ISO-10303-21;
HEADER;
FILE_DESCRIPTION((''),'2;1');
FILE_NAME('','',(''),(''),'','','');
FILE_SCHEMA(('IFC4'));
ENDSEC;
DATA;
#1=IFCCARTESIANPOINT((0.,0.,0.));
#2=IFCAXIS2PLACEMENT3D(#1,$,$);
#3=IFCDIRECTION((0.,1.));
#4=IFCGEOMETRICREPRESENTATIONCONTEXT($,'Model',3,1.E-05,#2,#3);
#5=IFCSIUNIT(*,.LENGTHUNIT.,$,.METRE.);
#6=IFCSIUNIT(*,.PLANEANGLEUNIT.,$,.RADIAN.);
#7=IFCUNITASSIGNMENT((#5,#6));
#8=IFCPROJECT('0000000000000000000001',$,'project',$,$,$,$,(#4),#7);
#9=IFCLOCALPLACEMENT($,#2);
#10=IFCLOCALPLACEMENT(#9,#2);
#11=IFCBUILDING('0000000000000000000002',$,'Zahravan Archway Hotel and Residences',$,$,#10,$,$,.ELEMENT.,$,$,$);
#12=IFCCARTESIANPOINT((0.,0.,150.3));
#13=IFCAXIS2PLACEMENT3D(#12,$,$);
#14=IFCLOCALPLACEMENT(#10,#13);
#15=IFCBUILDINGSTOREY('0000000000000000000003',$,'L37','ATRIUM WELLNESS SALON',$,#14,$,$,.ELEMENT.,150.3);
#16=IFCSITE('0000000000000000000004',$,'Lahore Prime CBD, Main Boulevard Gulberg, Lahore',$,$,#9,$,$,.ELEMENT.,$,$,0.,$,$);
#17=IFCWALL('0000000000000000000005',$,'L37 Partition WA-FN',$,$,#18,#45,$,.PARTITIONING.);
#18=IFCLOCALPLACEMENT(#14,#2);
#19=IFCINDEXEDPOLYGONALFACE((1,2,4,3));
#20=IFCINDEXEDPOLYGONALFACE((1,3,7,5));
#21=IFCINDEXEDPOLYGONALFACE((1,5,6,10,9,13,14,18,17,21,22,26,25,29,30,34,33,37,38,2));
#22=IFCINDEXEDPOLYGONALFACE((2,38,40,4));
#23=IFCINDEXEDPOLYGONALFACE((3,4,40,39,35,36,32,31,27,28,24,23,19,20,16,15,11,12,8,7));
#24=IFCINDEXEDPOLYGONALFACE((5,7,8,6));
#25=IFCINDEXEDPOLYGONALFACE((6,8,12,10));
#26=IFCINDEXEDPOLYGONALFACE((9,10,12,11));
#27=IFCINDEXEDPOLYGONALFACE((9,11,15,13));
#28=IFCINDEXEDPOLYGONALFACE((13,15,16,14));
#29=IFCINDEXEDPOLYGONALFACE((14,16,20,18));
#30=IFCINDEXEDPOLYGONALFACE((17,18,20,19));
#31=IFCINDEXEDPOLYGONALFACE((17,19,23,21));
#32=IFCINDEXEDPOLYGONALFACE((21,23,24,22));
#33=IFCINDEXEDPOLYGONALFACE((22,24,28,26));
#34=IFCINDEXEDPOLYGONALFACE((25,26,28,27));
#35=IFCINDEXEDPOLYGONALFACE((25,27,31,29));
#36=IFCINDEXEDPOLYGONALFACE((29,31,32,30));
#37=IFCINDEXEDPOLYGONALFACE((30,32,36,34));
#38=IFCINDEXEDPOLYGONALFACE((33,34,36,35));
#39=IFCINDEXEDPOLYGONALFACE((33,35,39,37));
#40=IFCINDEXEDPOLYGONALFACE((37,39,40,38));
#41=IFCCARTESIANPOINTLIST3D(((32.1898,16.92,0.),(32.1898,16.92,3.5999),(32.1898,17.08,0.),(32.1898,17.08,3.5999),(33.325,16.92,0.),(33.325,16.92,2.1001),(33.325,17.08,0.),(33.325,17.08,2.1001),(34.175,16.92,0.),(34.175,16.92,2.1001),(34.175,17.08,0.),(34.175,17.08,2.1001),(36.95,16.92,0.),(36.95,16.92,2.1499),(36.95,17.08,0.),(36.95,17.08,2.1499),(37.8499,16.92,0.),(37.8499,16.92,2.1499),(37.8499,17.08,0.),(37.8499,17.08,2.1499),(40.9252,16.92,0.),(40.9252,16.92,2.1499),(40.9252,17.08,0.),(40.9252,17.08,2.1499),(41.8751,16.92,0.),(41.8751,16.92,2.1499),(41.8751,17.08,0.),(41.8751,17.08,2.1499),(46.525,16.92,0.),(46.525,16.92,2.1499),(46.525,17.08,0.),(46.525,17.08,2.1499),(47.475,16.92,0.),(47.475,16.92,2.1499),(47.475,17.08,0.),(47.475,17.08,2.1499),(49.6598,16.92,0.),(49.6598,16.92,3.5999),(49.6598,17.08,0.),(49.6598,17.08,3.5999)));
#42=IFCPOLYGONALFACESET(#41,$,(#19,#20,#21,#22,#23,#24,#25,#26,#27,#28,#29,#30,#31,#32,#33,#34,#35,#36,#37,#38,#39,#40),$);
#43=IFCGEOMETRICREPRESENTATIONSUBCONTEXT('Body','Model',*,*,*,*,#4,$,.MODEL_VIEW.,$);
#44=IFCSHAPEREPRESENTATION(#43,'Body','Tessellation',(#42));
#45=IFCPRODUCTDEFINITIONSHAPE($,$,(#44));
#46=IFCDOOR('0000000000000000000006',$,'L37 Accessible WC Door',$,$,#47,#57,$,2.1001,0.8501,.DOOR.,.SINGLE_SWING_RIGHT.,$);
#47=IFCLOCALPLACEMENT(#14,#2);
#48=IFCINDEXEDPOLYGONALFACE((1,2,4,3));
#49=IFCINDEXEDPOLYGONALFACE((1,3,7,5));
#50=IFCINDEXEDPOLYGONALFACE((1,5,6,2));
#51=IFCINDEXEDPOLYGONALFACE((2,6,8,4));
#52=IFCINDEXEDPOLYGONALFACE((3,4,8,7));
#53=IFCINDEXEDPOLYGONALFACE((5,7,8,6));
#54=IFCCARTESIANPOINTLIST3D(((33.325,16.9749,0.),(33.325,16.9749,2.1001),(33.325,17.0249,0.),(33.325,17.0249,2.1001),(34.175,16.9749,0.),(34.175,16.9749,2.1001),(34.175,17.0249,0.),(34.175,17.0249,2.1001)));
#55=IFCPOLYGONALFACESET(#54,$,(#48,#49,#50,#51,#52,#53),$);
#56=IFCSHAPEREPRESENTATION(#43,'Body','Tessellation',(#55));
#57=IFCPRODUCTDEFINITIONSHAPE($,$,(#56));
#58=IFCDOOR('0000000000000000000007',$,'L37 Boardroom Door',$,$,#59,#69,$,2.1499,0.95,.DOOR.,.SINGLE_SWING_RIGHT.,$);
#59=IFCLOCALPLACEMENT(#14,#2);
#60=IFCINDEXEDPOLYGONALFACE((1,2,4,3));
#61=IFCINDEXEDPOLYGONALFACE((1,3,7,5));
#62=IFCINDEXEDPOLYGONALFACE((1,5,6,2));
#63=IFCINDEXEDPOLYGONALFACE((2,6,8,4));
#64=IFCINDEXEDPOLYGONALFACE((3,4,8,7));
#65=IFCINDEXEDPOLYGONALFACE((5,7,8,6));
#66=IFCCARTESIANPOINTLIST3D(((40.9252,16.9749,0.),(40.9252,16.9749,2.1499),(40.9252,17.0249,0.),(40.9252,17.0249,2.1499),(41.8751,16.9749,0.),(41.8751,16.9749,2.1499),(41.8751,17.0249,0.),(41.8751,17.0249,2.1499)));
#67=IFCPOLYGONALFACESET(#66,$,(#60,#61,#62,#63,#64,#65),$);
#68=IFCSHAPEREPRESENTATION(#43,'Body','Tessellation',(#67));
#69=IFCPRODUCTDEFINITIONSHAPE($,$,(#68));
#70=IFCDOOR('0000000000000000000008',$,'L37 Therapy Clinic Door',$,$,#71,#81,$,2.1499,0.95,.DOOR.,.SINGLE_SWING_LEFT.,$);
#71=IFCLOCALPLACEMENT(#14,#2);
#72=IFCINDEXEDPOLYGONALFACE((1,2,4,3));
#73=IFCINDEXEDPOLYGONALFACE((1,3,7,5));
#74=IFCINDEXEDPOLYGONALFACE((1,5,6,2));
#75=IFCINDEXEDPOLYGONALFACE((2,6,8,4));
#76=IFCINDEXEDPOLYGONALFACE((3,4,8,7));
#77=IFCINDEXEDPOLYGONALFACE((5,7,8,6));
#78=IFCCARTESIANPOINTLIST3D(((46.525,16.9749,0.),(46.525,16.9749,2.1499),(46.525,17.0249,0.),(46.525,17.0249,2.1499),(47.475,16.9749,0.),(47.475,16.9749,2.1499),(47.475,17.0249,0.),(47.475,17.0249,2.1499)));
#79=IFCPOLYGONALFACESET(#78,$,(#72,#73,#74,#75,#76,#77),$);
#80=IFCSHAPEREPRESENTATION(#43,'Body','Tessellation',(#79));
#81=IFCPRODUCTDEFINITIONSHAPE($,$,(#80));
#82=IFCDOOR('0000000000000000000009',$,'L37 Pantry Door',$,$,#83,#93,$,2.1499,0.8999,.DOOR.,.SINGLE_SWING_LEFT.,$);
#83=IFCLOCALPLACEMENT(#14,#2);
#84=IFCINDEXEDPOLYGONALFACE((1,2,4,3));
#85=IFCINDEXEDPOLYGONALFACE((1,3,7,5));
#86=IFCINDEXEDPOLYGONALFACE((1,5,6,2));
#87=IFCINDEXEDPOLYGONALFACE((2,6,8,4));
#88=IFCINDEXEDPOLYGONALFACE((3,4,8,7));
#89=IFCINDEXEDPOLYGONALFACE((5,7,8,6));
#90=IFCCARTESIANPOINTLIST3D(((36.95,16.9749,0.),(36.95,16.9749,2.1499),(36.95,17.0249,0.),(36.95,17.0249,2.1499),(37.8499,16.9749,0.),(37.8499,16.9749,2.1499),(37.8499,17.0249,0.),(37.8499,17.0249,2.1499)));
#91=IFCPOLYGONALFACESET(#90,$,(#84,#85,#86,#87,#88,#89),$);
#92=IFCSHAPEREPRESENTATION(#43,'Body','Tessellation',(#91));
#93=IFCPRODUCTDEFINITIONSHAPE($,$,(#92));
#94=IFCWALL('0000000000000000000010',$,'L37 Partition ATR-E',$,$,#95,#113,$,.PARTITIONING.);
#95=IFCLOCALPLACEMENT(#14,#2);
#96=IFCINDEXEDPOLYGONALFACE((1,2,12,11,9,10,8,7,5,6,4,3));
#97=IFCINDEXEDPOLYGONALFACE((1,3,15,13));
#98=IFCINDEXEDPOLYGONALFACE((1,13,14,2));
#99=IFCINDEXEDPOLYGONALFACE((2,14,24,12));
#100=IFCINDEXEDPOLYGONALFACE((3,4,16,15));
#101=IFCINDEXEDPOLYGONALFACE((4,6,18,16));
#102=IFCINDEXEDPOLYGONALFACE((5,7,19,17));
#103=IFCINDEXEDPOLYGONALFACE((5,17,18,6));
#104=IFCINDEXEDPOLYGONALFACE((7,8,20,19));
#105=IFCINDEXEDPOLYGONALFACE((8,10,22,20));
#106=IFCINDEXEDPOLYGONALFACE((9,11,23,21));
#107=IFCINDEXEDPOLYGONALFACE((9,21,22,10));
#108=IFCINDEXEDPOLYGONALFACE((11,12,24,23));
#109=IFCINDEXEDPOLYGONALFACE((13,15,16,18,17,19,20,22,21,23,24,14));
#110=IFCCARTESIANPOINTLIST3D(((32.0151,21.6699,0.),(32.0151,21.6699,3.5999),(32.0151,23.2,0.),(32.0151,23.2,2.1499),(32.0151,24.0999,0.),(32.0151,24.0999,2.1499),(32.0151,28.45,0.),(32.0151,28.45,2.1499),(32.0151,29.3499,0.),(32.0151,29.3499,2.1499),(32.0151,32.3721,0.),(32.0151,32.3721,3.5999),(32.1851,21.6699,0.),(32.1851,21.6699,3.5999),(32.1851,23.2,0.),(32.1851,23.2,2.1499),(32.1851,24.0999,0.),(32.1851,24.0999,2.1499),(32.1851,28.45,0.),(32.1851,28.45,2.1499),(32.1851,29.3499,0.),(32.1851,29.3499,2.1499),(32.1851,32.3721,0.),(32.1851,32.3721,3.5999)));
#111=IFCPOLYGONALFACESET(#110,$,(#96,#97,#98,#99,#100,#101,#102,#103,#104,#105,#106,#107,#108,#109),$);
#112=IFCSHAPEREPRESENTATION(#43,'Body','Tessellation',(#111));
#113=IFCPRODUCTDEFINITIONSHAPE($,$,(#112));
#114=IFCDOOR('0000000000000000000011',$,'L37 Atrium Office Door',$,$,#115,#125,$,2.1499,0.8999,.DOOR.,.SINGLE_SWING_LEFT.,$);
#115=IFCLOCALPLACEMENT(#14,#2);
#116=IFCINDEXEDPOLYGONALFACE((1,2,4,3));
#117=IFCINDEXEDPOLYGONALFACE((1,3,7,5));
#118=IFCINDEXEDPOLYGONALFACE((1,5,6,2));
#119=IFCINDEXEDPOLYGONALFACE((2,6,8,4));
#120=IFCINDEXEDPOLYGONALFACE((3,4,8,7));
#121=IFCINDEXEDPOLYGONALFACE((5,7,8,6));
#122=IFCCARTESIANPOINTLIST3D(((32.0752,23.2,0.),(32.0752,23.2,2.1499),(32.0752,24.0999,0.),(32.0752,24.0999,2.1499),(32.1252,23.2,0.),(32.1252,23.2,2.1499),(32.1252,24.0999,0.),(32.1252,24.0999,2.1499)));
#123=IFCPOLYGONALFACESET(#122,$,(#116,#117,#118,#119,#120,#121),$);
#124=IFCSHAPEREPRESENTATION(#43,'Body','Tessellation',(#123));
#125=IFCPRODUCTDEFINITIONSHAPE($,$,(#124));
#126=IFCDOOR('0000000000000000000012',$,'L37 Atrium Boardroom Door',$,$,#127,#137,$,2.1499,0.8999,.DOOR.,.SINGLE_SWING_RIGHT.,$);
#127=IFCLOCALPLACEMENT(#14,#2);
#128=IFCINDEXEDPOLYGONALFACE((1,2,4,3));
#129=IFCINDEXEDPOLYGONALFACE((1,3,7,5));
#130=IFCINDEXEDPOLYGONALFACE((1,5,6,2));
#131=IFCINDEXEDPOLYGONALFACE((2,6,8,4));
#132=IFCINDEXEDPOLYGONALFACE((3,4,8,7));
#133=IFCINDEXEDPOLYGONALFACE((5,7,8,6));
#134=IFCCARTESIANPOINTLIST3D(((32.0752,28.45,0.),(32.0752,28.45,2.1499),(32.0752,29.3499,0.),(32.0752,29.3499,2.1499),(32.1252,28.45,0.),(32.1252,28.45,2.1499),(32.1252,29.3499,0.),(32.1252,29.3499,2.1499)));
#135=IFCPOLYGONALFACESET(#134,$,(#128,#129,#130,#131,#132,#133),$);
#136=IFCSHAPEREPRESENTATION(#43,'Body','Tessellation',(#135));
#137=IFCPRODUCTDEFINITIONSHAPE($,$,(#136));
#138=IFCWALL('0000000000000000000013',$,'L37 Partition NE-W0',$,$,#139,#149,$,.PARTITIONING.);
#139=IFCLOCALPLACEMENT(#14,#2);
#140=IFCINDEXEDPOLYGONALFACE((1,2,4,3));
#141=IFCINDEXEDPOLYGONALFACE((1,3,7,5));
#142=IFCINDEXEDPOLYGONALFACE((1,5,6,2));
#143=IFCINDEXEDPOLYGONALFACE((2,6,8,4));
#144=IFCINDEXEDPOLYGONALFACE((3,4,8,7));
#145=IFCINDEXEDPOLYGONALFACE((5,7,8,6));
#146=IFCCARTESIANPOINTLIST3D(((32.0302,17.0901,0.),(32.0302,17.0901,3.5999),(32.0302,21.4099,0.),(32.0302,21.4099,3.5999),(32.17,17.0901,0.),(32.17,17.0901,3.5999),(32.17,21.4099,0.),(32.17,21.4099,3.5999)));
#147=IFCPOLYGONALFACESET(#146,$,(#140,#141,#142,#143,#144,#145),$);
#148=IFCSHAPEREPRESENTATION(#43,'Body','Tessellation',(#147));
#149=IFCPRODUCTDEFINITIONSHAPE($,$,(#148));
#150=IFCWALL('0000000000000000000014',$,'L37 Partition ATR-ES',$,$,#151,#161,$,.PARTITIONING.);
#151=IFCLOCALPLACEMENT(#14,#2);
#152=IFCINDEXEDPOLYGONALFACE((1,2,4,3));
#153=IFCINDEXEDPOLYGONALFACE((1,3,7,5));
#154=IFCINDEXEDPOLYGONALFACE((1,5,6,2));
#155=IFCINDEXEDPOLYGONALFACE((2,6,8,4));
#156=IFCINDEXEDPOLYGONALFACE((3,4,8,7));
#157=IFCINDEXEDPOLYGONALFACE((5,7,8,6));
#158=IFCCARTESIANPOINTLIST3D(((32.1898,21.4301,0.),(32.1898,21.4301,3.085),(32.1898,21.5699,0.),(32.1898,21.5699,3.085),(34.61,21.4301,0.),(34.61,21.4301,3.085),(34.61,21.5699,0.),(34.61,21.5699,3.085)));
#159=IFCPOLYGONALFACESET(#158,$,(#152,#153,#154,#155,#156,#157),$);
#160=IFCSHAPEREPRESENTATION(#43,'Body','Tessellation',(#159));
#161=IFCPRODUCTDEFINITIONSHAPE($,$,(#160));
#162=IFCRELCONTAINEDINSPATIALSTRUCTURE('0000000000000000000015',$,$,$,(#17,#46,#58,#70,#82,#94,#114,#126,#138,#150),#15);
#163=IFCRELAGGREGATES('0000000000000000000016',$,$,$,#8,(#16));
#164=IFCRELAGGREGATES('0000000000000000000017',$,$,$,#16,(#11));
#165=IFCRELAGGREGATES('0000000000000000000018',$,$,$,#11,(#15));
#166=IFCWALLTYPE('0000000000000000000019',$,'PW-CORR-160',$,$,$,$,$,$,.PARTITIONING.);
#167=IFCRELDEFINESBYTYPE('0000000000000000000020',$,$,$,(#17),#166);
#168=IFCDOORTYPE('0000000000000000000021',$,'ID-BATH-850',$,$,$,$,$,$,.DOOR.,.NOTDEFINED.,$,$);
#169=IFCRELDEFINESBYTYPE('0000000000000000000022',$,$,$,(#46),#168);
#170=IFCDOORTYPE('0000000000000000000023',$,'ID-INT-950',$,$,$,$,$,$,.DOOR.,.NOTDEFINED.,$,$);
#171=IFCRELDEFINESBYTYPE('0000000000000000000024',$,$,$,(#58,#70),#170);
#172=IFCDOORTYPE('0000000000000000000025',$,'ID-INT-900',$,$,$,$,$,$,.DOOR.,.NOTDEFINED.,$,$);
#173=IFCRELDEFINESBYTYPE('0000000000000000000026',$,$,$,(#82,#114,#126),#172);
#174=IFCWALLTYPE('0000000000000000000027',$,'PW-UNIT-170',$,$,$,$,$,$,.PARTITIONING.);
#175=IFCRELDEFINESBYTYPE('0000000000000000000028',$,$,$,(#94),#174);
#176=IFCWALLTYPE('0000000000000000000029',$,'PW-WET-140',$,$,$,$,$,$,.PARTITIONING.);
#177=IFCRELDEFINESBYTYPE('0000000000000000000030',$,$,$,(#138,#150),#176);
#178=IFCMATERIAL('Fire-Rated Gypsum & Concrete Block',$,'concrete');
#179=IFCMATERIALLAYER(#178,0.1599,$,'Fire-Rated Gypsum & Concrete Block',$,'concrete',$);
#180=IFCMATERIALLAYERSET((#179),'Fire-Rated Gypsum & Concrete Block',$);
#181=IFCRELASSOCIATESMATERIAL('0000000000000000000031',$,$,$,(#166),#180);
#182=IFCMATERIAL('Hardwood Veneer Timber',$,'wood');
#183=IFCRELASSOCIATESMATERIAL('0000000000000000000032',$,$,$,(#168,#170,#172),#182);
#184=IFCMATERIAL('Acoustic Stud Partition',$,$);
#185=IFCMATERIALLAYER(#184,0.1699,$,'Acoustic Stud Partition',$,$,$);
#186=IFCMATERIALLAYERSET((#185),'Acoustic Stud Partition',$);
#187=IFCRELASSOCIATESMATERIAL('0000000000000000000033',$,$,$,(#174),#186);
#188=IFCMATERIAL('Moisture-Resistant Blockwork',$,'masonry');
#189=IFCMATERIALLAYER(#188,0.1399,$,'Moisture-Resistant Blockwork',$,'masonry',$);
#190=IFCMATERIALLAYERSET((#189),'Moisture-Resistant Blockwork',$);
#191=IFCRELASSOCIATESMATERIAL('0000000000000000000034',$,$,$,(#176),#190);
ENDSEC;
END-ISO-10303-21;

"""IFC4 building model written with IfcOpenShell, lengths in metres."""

from ifc_helpers import new_model, si_unit, direction, frame, frame_2d, origin, place, context, subcontext, project, spatial, rectangle, extrude, source, transform, mapped, material, layer, layer_set, type_object, type_shapes, element, fill, save


model = new_model("IFC4")

# Units and contexts
model_context = context("Model", 3, precision=1e-05, world=origin(), true_north=direction((0.0, 1.0)))
body_context = subcontext(model_context, "Body", "Model", "MODEL_VIEW")
ifc_project = project(units=[si_unit("LENGTHUNIT", "METRE"), si_unit("PLANEANGLEUNIT", "RADIAN")], contexts=[model_context])

# Site, building, storey
site_placement = place(None, origin())
site = spatial("IfcSite", under=ifc_project, at=site_placement, Name="Lahore Prime CBD, Main Boulevard Gulberg, Lahore", CompositionType="ELEMENT", RefElevation=0.0)
building_placement = place(site_placement, origin())
building = spatial("IfcBuilding", under=site, at=building_placement, Name="Zahravan Archway Hotel and Residences", CompositionType="ELEMENT")
storey_placement = place(building_placement, frame((0.0, 0.0, 150.3)))
storey = spatial("IfcBuildingStorey", under=building, at=storey_placement, Name="L37", Description="ATRIUM WELLNESS SALON", CompositionType="ELEMENT", Elevation=150.3)

# Walls, openings, doors
ifc_material_1 = material(Name="Fire-Rated Gypsum & Concrete Block", Category="concrete")
ifc_layer_1 = layer(ifc_material_1, 0.1599, Name="Fire-Rated Gypsum & Concrete Block", Category="concrete")
ifc_layer_set_1 = layer_set([ifc_layer_1], Name="Fire-Rated Gypsum & Concrete Block")
wall_type_1 = type_object("IfcWallType", Name="PW-CORR-160", PredefinedType="PARTITIONING", material=ifc_layer_set_1)
wall_1_placement = place(storey_placement, frame((32.1899, 17.0, 0.0), z_axis=(0.0, 0.0, 1.0), x_axis=(1.0, 0.0, 0.0)))
wall_1 = element("IfcWall", 1, at=wall_1_placement, inside=storey, type_object=wall_type_1, Name="L37 Partition WA-FN", PredefinedType="PARTITIONING", context=body_context, shape_type="SweptSolid", body=[
    extrude(rectangle(XDim=17.47, YDim=0.1599, at=frame_2d((8.7349, 0.0))), origin(), (0.0, 0.0, 1.0), 3.5999),
])
opening_1_placement = place(wall_1_placement, frame((1.135, 0.0, 0.0)))
opening_1 = element("IfcOpeningElement", 2, at=opening_1_placement, cuts=wall_1, PredefinedType="OPENING", context=body_context, shape_type="SweptSolid", body=[
    extrude(rectangle(XDim=0.8501, YDim=2.1001, at=frame_2d((0.425, 1.05))), frame((0.0, 0.0898, 0.0), z_axis=(0.0, -1.0, 0.0), x_axis=(1.0, 0.0, 0.0)), (0.0, 0.0, 1.0), 0.1799),
])
opening_2_placement = place(wall_1_placement, frame((4.76, 0.0, 0.0)))
opening_2 = element("IfcOpeningElement", 3, at=opening_2_placement, cuts=wall_1, PredefinedType="OPENING", context=body_context, shape_type="SweptSolid", body=[
    extrude(rectangle(XDim=0.8999, YDim=2.1499, at=frame_2d((0.45, 1.075))), frame((0.0, 0.0898, 0.0), z_axis=(0.0, -1.0, 0.0), x_axis=(1.0, 0.0, 0.0)), (0.0, 0.0, 1.0), 0.1799),
])
opening_3_placement = place(wall_1_placement, frame((8.7351, 0.0, 0.0)))
opening_3 = element("IfcOpeningElement", 4, at=opening_3_placement, cuts=wall_1, PredefinedType="OPENING", context=body_context, shape_type="SweptSolid", body=[
    extrude(rectangle(XDim=0.95, YDim=2.1499, at=frame_2d((0.4751, 1.075))), frame((0.0, 0.0898, 0.0), z_axis=(0.0, -1.0, 0.0), x_axis=(1.0, 0.0, 0.0)), (0.0, 0.0, 1.0), 0.1799),
])
opening_4_placement = place(wall_1_placement, frame((14.335, 0.0, 0.0)))
opening_4 = element("IfcOpeningElement", 5, at=opening_4_placement, cuts=wall_1, PredefinedType="OPENING", context=body_context, shape_type="SweptSolid", body=[
    extrude(rectangle(XDim=0.95, YDim=2.1499, at=frame_2d((0.4751, 1.075))), frame((0.0, 0.0898, 0.0), z_axis=(0.0, -1.0, 0.0), x_axis=(1.0, 0.0, 0.0)), (0.0, 0.0, 1.0), 0.1799),
])
ifc_material_2 = material(Name="Hardwood Veneer Timber", Category="wood")
door_type_1 = type_object("IfcDoorType", Name="ID-BATH-850", OperationType="NOTDEFINED", PredefinedType="DOOR", material=ifc_material_2)
shared_shape_1 = source(origin(), body_context, "Body", "SweptSolid", [
    extrude(rectangle(XDim=0.8501, YDim=2.1001, at=frame_2d((0.425, 1.05))), frame((0.0, 0.0249, 0.0), z_axis=(0.0, -1.0, 0.0), x_axis=(1.0, 0.0, 0.0)), (0.0, 0.0, 1.0), 0.05),
])
type_shapes(door_type_1, [shared_shape_1])
door_1_placement = place(opening_1_placement, origin())
door_1 = element("IfcDoor", 6, at=door_1_placement, inside=storey, type_object=door_type_1, Name="L37 Accessible WC Door", OperationType="SINGLE_SWING_RIGHT", OverallHeight=2.1001, OverallWidth=0.8501, PredefinedType="DOOR", context=body_context, shape_type="MappedRepresentation", body=[
    mapped(shared_shape_1, transform((0.0, 0.0, 0.0), scale=1.0)),
])
fill(opening_1, door_1)
door_type_2 = type_object("IfcDoorType", Name="ID-INT-950", OperationType="NOTDEFINED", PredefinedType="DOOR", material=ifc_material_2)
shared_shape_2 = source(origin(), body_context, "Body", "SweptSolid", [
    extrude(rectangle(XDim=0.95, YDim=2.1499, at=frame_2d((0.4751, 1.075))), frame((0.0, 0.0249, 0.0), z_axis=(0.0, -1.0, 0.0), x_axis=(1.0, 0.0, 0.0)), (0.0, 0.0, 1.0), 0.05),
])
type_shapes(door_type_2, [shared_shape_2])
door_2_placement = place(opening_3_placement, origin())
door_2 = element("IfcDoor", 7, at=door_2_placement, inside=storey, type_object=door_type_2, Name="L37 Boardroom Door", OperationType="SINGLE_SWING_RIGHT", OverallHeight=2.1499, OverallWidth=0.95, PredefinedType="DOOR", context=body_context, shape_type="MappedRepresentation", body=[
    mapped(shared_shape_2, transform((0.0, 0.0, 0.0), scale=1.0)),
])
fill(opening_3, door_2)
door_3_placement = place(opening_4_placement, origin())
door_3 = element("IfcDoor", 8, at=door_3_placement, inside=storey, type_object=door_type_2, Name="L37 Therapy Clinic Door", OperationType="SINGLE_SWING_LEFT", OverallHeight=2.1499, OverallWidth=0.95, PredefinedType="DOOR", context=body_context, shape_type="MappedRepresentation", body=[
    mapped(shared_shape_2, transform((0.0, 0.0, 0.0), scale=1.0)),
])
fill(opening_4, door_3)
door_type_3 = type_object("IfcDoorType", Name="ID-INT-900", OperationType="NOTDEFINED", PredefinedType="DOOR", material=ifc_material_2)
shared_shape_3 = source(origin(), body_context, "Body", "SweptSolid", [
    extrude(rectangle(XDim=0.8999, YDim=2.1499, at=frame_2d((0.45, 1.075))), frame((0.0, 0.0249, 0.0), z_axis=(0.0, -1.0, 0.0), x_axis=(1.0, 0.0, 0.0)), (0.0, 0.0, 1.0), 0.05),
])
type_shapes(door_type_3, [shared_shape_3])
door_4_placement = place(opening_2_placement, origin())
door_4 = element("IfcDoor", 9, at=door_4_placement, inside=storey, type_object=door_type_3, Name="L37 Pantry Door", OperationType="SINGLE_SWING_LEFT", OverallHeight=2.1499, OverallWidth=0.8999, PredefinedType="DOOR", context=body_context, shape_type="MappedRepresentation", body=[
    mapped(shared_shape_3, transform((0.0, 0.0, 0.0), scale=1.0)),
])
fill(opening_2, door_4)
ifc_material_3 = material(Name="Acoustic Stud Partition")
ifc_layer_2 = layer(ifc_material_3, 0.1699, Name="Acoustic Stud Partition")
ifc_layer_set_2 = layer_set([ifc_layer_2], Name="Acoustic Stud Partition")
wall_type_2 = type_object("IfcWallType", Name="PW-UNIT-170", PredefinedType="PARTITIONING", material=ifc_layer_set_2)
wall_2_placement = place(storey_placement, frame((32.1001, 21.6699, 0.0), z_axis=(0.0, 0.0, 1.0), x_axis=(0.0, 1.0, 0.0)))
wall_2 = element("IfcWall", 10, at=wall_2_placement, inside=storey, type_object=wall_type_2, Name="L37 Partition ATR-E", PredefinedType="PARTITIONING", context=body_context, shape_type="SweptSolid", body=[
    extrude(rectangle(XDim=10.7021, YDim=0.1699, at=frame_2d((5.3511, 0.0))), origin(), (0.0, 0.0, 1.0), 3.5999),
])
opening_5_placement = place(wall_2_placement, frame((1.53, 0.0, 0.0)))
opening_5 = element("IfcOpeningElement", 11, at=opening_5_placement, cuts=wall_2, PredefinedType="OPENING", context=body_context, shape_type="SweptSolid", body=[
    extrude(rectangle(XDim=0.8999, YDim=2.1499, at=frame_2d((0.45, 1.075))), frame((0.0, 0.095, 0.0), z_axis=(0.0, -1.0, 0.0), x_axis=(1.0, 0.0, 0.0)), (0.0, 0.0, 1.0), 0.1899),
])
opening_6_placement = place(wall_2_placement, frame((6.78, 0.0, 0.0)))
opening_6 = element("IfcOpeningElement", 12, at=opening_6_placement, cuts=wall_2, PredefinedType="OPENING", context=body_context, shape_type="SweptSolid", body=[
    extrude(rectangle(XDim=0.8999, YDim=2.1499, at=frame_2d((0.45, 1.075))), frame((0.0, 0.095, 0.0), z_axis=(0.0, -1.0, 0.0), x_axis=(1.0, 0.0, 0.0)), (0.0, 0.0, 1.0), 0.1899),
])
door_5_placement = place(opening_5_placement, origin())
door_5 = element("IfcDoor", 13, at=door_5_placement, inside=storey, type_object=door_type_3, Name="L37 Atrium Office Door", OperationType="SINGLE_SWING_LEFT", OverallHeight=2.1499, OverallWidth=0.8999, PredefinedType="DOOR", context=body_context, shape_type="MappedRepresentation", body=[
    mapped(shared_shape_3, transform((0.0, 0.0, 0.0), scale=1.0)),
])
fill(opening_5, door_5)
door_6_placement = place(opening_6_placement, origin())
door_6 = element("IfcDoor", 14, at=door_6_placement, inside=storey, type_object=door_type_3, Name="L37 Atrium Boardroom Door", OperationType="SINGLE_SWING_RIGHT", OverallHeight=2.1499, OverallWidth=0.8999, PredefinedType="DOOR", context=body_context, shape_type="MappedRepresentation", body=[
    mapped(shared_shape_3, transform((0.0, 0.0, 0.0), scale=1.0)),
])
fill(opening_6, door_6)

# Walls
ifc_material_4 = material(Name="Moisture-Resistant Blockwork", Category="masonry")
ifc_layer_3 = layer(ifc_material_4, 0.1399, Name="Moisture-Resistant Blockwork", Category="masonry")
ifc_layer_set_3 = layer_set([ifc_layer_3], Name="Moisture-Resistant Blockwork")
wall_type_3 = type_object("IfcWallType", Name="PW-WET-140", PredefinedType="PARTITIONING", material=ifc_layer_set_3)
wall_3_placement = place(storey_placement, frame((32.1001, 17.0901, 0.0), z_axis=(0.0, 0.0, 1.0), x_axis=(0.0, 1.0, 0.0)))
element("IfcWall", 15, at=wall_3_placement, inside=storey, type_object=wall_type_3, Name="L37 Partition NE-W0", PredefinedType="PARTITIONING", context=body_context, shape_type="SweptSolid", body=[
    extrude(rectangle(XDim=4.3198, YDim=0.1399, at=frame_2d((2.1599, 0.0))), origin(), (0.0, 0.0, 1.0), 3.5999),
])
wall_4_placement = place(storey_placement, frame((32.1899, 21.5, 0.0), z_axis=(0.0, 0.0, 1.0), x_axis=(1.0, 0.0, 0.0)))
element("IfcWall", 16, at=wall_4_placement, inside=storey, type_object=wall_type_3, Name="L37 Partition ATR-ES", PredefinedType="PARTITIONING", context=body_context, shape_type="SweptSolid", body=[
    extrude(rectangle(XDim=2.4202, YDim=0.1399, at=frame_2d((1.21, 0.0))), origin(), (0.0, 0.0, 1.0), 3.085),
])

save(model, "model.ifc")
